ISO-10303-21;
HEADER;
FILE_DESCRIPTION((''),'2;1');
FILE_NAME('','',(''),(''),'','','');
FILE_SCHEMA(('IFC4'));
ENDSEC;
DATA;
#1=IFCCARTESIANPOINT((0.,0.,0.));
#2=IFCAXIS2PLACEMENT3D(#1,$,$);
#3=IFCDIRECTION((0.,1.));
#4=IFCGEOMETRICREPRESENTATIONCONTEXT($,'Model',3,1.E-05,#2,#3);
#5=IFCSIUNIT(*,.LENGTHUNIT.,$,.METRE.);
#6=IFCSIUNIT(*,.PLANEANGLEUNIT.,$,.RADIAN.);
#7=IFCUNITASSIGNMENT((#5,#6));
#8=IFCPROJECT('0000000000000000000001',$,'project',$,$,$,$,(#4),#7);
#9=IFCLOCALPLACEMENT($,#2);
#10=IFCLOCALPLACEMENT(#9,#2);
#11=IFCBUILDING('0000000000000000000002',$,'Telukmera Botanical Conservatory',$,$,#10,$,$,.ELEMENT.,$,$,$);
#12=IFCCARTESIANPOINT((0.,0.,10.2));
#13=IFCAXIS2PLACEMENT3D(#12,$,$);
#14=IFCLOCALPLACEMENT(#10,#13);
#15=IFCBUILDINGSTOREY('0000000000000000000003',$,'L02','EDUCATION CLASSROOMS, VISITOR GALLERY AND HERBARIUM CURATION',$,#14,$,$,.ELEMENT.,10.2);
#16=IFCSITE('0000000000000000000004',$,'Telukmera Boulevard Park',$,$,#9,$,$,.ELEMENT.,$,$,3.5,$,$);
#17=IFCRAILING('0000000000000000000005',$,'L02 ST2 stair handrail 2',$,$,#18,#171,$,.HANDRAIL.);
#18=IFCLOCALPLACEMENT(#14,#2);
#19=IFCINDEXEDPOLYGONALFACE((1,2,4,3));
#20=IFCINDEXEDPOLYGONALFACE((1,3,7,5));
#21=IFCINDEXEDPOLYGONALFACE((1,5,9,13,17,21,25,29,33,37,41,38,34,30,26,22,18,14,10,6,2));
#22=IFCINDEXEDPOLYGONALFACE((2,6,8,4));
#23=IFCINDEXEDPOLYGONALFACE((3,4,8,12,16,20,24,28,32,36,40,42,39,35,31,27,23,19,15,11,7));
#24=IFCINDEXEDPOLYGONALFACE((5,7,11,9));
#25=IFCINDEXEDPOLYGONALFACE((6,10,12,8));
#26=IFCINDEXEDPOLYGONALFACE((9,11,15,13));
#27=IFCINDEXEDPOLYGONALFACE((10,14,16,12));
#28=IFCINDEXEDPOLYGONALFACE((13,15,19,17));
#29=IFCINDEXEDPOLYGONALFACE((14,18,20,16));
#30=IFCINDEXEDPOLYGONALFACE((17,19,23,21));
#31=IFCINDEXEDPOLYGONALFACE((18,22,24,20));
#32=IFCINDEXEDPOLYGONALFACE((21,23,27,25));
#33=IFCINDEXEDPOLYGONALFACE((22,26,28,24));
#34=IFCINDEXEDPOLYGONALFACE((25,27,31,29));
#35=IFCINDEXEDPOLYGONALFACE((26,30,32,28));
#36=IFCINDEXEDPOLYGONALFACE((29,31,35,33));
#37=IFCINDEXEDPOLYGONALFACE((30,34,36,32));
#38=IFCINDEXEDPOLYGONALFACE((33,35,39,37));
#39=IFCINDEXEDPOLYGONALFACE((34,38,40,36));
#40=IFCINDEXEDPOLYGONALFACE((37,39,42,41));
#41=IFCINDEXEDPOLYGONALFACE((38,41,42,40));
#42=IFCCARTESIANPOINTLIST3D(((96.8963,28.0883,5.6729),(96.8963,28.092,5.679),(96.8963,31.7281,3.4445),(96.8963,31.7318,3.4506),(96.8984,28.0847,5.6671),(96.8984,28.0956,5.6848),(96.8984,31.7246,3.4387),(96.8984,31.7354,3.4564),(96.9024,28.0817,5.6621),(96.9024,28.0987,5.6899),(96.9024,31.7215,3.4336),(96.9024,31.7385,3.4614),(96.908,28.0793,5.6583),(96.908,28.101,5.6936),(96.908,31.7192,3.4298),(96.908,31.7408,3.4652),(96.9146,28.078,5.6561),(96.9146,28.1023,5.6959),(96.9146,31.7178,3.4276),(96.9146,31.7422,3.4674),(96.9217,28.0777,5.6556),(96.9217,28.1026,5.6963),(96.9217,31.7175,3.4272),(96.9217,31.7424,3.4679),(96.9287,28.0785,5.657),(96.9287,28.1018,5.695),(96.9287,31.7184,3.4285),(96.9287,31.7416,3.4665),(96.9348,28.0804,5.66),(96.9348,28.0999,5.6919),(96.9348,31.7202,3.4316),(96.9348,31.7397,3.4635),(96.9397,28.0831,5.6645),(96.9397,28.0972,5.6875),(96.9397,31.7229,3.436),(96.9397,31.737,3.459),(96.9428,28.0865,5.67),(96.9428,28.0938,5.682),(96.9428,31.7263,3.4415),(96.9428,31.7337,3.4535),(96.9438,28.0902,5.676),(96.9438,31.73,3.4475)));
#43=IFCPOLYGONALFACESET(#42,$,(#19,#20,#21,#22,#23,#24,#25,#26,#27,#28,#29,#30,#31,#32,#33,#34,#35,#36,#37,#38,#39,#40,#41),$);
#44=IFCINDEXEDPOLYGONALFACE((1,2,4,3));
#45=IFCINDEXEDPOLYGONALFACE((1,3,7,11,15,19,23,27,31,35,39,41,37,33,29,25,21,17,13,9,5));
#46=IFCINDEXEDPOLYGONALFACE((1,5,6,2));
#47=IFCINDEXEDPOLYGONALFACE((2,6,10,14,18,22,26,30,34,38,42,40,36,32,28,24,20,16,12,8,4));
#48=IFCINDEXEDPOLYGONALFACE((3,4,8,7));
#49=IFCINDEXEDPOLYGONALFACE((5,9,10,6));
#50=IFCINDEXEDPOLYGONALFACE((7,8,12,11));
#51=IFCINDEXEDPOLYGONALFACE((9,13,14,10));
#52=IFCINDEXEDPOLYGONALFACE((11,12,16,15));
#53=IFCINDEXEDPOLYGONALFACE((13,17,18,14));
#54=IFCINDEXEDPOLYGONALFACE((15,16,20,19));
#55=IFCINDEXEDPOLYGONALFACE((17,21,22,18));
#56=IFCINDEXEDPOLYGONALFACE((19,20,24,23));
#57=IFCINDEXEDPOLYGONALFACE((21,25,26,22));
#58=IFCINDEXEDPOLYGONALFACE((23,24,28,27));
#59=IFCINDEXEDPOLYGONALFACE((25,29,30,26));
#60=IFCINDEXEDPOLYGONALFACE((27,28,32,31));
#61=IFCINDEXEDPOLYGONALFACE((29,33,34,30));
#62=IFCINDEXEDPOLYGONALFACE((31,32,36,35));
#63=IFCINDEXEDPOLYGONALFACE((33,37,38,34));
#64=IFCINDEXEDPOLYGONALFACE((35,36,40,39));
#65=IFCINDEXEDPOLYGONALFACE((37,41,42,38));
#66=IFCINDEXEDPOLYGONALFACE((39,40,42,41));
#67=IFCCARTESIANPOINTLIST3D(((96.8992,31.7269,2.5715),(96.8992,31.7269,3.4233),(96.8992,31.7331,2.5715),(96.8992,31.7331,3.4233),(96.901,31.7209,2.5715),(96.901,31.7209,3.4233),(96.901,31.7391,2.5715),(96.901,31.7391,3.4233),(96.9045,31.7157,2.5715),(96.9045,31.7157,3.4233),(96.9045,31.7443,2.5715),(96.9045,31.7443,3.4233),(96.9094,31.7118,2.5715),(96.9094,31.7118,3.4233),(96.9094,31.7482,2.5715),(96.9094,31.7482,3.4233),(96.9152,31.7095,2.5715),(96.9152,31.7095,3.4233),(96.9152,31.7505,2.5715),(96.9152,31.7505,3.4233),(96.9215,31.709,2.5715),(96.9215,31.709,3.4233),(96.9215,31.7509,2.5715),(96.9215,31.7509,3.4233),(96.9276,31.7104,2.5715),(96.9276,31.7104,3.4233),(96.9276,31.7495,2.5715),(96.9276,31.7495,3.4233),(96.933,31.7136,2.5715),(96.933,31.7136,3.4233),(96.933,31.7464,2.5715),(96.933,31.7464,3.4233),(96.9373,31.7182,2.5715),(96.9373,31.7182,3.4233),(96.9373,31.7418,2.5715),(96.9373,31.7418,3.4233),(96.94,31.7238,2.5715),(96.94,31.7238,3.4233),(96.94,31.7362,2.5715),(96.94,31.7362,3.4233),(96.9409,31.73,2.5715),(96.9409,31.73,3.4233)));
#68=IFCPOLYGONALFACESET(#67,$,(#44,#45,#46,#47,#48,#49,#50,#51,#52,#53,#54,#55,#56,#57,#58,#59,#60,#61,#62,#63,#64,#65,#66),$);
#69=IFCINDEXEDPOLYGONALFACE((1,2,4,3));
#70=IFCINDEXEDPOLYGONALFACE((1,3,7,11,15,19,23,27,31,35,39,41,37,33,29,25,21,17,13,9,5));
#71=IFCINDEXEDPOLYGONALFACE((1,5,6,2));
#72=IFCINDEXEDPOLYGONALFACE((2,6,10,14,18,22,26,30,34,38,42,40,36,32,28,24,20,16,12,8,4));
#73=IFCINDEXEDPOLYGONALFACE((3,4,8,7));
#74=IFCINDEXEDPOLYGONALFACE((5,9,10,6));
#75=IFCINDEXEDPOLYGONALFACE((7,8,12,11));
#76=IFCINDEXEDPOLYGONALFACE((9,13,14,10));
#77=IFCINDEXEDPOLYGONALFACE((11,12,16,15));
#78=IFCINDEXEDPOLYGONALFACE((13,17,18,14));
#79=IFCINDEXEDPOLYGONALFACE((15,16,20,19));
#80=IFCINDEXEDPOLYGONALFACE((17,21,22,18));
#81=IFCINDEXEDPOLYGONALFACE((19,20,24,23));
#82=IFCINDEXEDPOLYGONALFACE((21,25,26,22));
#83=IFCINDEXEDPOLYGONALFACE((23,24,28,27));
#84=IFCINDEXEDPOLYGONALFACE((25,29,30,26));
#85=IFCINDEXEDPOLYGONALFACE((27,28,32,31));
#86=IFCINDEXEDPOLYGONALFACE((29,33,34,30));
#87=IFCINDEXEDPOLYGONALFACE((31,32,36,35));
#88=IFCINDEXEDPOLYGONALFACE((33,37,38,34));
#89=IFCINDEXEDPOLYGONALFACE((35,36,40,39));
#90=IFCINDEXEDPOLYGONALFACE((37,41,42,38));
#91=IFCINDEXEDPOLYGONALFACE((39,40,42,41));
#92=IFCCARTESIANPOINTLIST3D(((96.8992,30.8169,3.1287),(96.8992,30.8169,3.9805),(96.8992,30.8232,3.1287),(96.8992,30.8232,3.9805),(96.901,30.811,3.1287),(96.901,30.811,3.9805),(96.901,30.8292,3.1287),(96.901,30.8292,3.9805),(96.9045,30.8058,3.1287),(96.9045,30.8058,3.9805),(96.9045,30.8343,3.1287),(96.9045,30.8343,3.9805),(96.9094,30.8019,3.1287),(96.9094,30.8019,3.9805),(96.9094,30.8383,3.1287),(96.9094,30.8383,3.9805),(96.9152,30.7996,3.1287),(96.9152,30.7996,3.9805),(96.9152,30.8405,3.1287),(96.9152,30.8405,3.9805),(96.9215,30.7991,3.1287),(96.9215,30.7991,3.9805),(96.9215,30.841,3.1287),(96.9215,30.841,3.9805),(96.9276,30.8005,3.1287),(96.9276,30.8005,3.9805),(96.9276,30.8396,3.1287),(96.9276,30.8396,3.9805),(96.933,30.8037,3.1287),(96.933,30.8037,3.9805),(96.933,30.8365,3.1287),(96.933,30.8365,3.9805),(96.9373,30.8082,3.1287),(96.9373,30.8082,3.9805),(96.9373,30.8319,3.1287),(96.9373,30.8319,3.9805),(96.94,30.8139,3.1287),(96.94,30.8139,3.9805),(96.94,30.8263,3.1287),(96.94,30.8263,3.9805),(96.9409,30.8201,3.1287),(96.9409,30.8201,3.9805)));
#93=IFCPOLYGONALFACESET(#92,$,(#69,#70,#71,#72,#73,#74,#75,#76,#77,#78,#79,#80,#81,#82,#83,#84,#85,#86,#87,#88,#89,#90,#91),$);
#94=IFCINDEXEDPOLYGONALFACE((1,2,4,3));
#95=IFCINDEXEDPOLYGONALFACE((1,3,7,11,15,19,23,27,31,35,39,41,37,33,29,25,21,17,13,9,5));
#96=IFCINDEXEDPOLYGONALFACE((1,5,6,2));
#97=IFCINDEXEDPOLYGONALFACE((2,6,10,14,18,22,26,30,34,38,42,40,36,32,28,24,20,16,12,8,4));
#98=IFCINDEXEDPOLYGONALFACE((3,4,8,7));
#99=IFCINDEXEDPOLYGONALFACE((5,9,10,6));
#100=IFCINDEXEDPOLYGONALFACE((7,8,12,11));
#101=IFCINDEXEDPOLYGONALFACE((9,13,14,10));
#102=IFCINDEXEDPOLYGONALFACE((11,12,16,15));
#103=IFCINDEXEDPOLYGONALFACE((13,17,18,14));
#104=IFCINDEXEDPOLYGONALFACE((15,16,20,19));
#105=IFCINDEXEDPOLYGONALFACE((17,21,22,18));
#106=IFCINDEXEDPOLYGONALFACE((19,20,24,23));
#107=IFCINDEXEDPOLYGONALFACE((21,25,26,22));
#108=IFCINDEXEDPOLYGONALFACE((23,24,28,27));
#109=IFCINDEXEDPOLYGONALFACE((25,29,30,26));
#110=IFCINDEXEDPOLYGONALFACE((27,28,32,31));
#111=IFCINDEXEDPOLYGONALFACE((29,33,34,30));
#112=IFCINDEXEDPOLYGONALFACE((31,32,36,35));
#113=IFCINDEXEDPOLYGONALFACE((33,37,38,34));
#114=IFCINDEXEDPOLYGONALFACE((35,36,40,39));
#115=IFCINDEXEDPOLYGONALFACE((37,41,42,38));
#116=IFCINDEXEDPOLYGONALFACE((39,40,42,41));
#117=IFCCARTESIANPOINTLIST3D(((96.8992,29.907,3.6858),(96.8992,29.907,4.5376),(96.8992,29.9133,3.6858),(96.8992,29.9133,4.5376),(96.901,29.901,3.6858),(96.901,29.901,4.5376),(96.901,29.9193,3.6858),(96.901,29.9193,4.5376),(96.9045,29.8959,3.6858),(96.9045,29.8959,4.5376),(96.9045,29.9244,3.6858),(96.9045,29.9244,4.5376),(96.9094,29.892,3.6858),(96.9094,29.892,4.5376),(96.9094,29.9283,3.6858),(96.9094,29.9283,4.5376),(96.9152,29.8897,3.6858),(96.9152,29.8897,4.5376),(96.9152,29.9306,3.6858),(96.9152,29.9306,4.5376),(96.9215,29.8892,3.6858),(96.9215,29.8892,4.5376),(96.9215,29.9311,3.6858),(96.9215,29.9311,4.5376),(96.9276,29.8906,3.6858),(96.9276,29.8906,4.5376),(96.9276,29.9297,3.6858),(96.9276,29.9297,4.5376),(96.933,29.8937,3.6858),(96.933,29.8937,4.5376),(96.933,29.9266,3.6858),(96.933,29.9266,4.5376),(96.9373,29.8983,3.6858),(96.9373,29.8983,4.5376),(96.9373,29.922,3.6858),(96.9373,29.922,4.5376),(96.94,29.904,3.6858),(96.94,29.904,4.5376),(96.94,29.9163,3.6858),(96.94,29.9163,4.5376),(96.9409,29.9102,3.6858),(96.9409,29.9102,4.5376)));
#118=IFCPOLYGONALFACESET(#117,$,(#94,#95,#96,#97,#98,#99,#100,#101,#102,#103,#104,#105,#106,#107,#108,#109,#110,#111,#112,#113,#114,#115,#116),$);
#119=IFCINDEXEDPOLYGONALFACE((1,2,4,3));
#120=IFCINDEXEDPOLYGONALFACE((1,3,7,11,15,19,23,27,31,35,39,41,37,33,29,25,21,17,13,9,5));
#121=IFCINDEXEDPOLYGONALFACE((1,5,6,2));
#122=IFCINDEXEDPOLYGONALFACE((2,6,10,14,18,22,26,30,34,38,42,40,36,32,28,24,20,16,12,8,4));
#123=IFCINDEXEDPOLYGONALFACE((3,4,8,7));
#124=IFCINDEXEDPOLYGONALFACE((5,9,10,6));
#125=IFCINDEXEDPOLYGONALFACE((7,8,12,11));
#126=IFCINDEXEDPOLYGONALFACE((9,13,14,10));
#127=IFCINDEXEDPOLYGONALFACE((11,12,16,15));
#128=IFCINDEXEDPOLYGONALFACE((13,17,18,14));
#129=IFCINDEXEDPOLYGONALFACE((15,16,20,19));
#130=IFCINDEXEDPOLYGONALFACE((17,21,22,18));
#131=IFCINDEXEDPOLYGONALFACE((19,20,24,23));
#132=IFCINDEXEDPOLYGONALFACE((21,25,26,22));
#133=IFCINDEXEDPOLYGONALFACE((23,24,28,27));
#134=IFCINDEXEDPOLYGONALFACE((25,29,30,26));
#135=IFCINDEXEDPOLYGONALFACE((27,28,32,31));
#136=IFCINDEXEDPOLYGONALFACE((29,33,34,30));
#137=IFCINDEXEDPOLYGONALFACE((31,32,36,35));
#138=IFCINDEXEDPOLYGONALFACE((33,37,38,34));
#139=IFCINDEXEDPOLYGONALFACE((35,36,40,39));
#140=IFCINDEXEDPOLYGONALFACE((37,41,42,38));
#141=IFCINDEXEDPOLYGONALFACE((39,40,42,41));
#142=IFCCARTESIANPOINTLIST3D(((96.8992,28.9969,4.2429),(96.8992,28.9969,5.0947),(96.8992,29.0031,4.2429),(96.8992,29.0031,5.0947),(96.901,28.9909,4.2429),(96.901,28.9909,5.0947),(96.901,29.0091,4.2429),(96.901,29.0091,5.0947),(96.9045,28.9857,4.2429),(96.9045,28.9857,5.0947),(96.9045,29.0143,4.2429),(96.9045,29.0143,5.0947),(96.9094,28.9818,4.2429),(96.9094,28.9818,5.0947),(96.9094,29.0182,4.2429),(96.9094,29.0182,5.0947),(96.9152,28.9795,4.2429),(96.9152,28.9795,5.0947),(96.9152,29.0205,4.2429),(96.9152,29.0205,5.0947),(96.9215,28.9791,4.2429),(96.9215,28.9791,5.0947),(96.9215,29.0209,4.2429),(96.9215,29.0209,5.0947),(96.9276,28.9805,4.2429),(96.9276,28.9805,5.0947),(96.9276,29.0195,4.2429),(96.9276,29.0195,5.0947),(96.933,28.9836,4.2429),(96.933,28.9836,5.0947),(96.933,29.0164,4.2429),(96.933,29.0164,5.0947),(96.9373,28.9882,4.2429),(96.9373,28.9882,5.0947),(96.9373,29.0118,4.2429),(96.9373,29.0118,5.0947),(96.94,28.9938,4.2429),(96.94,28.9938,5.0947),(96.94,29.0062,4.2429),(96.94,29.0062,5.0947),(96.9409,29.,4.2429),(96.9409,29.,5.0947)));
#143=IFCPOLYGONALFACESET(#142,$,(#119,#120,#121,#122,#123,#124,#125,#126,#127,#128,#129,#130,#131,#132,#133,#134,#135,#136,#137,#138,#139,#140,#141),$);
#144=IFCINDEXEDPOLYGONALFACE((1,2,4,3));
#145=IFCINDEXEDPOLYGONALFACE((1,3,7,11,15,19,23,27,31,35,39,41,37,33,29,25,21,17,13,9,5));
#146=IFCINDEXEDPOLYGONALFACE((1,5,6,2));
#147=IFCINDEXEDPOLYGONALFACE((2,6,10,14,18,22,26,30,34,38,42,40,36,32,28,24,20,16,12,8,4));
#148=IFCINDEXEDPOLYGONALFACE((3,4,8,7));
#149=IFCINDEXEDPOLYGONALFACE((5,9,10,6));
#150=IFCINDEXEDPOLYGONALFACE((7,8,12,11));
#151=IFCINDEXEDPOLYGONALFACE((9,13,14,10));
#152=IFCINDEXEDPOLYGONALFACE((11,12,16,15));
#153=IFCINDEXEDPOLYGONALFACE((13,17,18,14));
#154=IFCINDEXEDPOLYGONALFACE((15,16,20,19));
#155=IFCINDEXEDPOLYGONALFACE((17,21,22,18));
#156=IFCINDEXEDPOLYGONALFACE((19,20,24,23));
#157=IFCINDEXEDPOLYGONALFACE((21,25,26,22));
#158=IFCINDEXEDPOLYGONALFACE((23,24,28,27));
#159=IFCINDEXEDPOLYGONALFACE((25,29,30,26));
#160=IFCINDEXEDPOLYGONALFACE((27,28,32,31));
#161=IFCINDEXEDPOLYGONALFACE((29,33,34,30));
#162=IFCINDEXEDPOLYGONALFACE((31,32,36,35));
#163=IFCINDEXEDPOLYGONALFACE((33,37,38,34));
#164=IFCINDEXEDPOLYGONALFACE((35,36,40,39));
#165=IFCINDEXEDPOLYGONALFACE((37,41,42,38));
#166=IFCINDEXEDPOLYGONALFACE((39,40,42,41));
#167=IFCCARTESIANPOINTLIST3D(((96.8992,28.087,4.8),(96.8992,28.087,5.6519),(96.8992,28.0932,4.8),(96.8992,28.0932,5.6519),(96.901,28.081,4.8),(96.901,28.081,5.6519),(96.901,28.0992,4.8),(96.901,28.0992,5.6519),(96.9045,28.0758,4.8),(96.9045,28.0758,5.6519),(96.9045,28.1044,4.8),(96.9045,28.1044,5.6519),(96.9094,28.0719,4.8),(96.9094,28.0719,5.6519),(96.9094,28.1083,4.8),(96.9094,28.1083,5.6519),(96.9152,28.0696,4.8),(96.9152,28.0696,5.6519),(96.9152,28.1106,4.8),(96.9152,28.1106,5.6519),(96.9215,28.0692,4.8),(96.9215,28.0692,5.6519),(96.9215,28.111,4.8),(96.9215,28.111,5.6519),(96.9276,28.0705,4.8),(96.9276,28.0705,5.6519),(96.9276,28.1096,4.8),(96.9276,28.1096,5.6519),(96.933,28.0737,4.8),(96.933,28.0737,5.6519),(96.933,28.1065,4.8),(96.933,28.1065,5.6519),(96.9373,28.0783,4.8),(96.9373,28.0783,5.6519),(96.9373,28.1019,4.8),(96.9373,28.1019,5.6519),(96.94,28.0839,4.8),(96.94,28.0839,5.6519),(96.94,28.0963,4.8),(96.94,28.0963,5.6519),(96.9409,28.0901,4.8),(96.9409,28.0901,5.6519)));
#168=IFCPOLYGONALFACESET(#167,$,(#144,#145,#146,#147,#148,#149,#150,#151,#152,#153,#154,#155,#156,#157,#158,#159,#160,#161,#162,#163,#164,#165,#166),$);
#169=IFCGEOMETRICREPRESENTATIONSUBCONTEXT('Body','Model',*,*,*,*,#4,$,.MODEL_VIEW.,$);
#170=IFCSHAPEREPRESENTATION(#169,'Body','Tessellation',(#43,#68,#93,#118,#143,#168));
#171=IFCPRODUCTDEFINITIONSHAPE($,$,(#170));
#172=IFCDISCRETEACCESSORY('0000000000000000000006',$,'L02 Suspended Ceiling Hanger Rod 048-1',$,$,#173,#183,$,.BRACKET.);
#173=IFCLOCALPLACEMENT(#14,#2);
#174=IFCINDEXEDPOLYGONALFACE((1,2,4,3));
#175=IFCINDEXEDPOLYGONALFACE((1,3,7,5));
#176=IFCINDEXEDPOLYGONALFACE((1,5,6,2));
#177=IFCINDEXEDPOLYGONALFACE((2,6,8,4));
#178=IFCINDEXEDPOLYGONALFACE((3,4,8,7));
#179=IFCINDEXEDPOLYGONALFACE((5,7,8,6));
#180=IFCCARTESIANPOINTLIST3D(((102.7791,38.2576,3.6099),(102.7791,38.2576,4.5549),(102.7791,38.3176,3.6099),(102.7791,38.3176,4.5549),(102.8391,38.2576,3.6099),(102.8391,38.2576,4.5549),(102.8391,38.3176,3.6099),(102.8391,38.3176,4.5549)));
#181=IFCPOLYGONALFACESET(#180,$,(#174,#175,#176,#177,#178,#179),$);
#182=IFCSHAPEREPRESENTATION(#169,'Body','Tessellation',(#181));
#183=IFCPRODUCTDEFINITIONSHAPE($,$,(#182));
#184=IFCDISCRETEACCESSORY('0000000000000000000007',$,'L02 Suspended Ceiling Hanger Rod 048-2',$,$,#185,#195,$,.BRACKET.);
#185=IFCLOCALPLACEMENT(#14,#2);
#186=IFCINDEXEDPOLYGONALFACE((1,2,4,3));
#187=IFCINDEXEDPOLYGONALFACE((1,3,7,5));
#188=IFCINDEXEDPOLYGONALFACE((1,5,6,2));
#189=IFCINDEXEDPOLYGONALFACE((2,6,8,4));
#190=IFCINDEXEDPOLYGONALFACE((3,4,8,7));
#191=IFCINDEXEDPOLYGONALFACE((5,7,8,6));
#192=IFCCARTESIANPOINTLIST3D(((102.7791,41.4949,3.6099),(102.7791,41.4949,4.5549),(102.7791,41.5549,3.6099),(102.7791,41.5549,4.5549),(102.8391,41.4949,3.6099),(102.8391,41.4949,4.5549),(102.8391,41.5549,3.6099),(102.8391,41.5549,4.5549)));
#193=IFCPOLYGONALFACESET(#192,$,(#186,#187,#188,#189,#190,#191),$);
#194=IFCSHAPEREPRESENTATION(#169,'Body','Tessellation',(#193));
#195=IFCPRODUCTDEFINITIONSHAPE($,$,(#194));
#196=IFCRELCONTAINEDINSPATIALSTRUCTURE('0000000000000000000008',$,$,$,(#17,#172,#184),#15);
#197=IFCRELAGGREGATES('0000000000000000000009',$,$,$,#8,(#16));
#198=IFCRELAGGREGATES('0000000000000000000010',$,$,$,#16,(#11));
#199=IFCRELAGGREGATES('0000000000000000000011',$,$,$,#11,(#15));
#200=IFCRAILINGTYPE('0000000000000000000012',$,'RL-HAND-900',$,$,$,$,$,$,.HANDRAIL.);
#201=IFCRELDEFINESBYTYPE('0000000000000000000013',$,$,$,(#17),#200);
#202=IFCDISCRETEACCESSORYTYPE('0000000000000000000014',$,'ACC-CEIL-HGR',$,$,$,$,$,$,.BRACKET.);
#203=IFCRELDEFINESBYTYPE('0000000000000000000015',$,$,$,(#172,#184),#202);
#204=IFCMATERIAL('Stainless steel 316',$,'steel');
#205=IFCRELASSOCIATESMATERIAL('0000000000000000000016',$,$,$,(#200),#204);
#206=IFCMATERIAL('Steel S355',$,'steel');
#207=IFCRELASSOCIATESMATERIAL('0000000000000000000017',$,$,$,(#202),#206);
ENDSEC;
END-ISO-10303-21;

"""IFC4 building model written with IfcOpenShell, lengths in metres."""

from ifc_helpers import new_model, si_unit, direction, frame, origin, origin_2d, place, context, subcontext, project, spatial, rectangle, circle, extrude, material, type_object, element, save


model = new_model("IFC4")

# Units and contexts
model_context = context("Model", 3, precision=1e-05, world=origin(), true_north=direction((0.0, 1.0)))
body_context = subcontext(model_context, "Body", "Model", "MODEL_VIEW")
ifc_project = project(units=[si_unit("LENGTHUNIT", "METRE"), si_unit("PLANEANGLEUNIT", "RADIAN")], contexts=[model_context])

# Site, building, storey
site_placement = place(None, origin())
site = spatial("IfcSite", under=ifc_project, at=site_placement, Name="Telukmera Boulevard Park", CompositionType="ELEMENT", RefElevation=3.5)
building_placement = place(site_placement, origin())
building = spatial("IfcBuilding", under=site, at=building_placement, Name="Telukmera Botanical Conservatory", CompositionType="ELEMENT")
storey_placement = place(building_placement, frame((0.0, 0.0, 10.2)))
storey = spatial("IfcBuildingStorey", under=building, at=storey_placement, Name="L02", Description="EDUCATION CLASSROOMS, VISITOR GALLERY AND HERBARIUM CURATION", CompositionType="ELEMENT", Elevation=10.2)

# Shared definitions
ifc_material_1 = material(Name="Stainless steel 316", Category="steel")

# Railing
ifc_material_2 = material(Name="Steel S355", Category="steel")
railing_type_1 = type_object("IfcRailingType", Name="RL-HAND-900", PredefinedType="HANDRAIL", material=ifc_material_1)
railing_1_placement = place(storey_placement, frame((96.9199, 31.73, 2.5715)))
element("IfcRailing", 1, at=railing_1_placement, inside=storey, type_object=railing_type_1, Name="L02 ST2 stair handrail 2", PredefinedType="HANDRAIL", context=body_context, shape_type="SweptSolid", body=[
    extrude(circle(Radius=0.0239, at=origin_2d()), frame((0.0, 0.0, 0.876), z_axis=(0.0, -0.85285, 0.522156), x_axis=(1.0, 0.0, 0.0)), (0.0, 0.0, 1.0), 4.2678),
    extrude(circle(Radius=0.021, at=origin_2d()), origin(), (0.0, 0.0, 1.0), 0.8518),
    extrude(circle(Radius=0.021, at=origin_2d()), frame((0.0, -0.9099, 0.5571)), (0.0, 0.0, 1.0), 0.8518),
    extrude(circle(Radius=0.021, at=origin_2d()), frame((0.0, -1.8198, 1.1143)), (0.0, 0.0, 1.0), 0.8518),
    extrude(circle(Radius=0.021, at=origin_2d()), frame((0.0, -2.73, 1.6714)), (0.0, 0.0, 1.0), 0.8518),
    extrude(circle(Radius=0.021, at=origin_2d()), frame((0.0, -3.6399, 2.2285)), (0.0, 0.0, 1.0), 0.8518),
])

# Discrete accessories
discrete_accessory_type = type_object("IfcDiscreteAccessoryType", Name="ACC-CEIL-HGR", PredefinedType="BRACKET", material=ifc_material_2)
for number, where, z_axis, x_axis, name in (
    (2, (102.8091, 38.2876, 3.6099), (0.0, 0.0, 1.0), (1.0, 0.0, 0.0), "L02 Suspended Ceiling Hanger Rod 048-1"),
    (3, (102.8091, 41.5249, 3.6099), (0.0, 0.0, 1.0), (1.0, 0.0, 0.0), "L02 Suspended Ceiling Hanger Rod 048-2"),
):
    element("IfcDiscreteAccessory", number, at=place(storey_placement, frame(where, z_axis=z_axis, x_axis=x_axis)), inside=storey, type_object=discrete_accessory_type, Name=name, PredefinedType="BRACKET", context=body_context, shape_type="SweptSolid", body=[
        extrude(rectangle(XDim=0.0601, YDim=0.0601, at=origin_2d()), origin(), (0.0, 0.0, 1.0), 0.9451),
    ])

save(model, "model.ifc")
